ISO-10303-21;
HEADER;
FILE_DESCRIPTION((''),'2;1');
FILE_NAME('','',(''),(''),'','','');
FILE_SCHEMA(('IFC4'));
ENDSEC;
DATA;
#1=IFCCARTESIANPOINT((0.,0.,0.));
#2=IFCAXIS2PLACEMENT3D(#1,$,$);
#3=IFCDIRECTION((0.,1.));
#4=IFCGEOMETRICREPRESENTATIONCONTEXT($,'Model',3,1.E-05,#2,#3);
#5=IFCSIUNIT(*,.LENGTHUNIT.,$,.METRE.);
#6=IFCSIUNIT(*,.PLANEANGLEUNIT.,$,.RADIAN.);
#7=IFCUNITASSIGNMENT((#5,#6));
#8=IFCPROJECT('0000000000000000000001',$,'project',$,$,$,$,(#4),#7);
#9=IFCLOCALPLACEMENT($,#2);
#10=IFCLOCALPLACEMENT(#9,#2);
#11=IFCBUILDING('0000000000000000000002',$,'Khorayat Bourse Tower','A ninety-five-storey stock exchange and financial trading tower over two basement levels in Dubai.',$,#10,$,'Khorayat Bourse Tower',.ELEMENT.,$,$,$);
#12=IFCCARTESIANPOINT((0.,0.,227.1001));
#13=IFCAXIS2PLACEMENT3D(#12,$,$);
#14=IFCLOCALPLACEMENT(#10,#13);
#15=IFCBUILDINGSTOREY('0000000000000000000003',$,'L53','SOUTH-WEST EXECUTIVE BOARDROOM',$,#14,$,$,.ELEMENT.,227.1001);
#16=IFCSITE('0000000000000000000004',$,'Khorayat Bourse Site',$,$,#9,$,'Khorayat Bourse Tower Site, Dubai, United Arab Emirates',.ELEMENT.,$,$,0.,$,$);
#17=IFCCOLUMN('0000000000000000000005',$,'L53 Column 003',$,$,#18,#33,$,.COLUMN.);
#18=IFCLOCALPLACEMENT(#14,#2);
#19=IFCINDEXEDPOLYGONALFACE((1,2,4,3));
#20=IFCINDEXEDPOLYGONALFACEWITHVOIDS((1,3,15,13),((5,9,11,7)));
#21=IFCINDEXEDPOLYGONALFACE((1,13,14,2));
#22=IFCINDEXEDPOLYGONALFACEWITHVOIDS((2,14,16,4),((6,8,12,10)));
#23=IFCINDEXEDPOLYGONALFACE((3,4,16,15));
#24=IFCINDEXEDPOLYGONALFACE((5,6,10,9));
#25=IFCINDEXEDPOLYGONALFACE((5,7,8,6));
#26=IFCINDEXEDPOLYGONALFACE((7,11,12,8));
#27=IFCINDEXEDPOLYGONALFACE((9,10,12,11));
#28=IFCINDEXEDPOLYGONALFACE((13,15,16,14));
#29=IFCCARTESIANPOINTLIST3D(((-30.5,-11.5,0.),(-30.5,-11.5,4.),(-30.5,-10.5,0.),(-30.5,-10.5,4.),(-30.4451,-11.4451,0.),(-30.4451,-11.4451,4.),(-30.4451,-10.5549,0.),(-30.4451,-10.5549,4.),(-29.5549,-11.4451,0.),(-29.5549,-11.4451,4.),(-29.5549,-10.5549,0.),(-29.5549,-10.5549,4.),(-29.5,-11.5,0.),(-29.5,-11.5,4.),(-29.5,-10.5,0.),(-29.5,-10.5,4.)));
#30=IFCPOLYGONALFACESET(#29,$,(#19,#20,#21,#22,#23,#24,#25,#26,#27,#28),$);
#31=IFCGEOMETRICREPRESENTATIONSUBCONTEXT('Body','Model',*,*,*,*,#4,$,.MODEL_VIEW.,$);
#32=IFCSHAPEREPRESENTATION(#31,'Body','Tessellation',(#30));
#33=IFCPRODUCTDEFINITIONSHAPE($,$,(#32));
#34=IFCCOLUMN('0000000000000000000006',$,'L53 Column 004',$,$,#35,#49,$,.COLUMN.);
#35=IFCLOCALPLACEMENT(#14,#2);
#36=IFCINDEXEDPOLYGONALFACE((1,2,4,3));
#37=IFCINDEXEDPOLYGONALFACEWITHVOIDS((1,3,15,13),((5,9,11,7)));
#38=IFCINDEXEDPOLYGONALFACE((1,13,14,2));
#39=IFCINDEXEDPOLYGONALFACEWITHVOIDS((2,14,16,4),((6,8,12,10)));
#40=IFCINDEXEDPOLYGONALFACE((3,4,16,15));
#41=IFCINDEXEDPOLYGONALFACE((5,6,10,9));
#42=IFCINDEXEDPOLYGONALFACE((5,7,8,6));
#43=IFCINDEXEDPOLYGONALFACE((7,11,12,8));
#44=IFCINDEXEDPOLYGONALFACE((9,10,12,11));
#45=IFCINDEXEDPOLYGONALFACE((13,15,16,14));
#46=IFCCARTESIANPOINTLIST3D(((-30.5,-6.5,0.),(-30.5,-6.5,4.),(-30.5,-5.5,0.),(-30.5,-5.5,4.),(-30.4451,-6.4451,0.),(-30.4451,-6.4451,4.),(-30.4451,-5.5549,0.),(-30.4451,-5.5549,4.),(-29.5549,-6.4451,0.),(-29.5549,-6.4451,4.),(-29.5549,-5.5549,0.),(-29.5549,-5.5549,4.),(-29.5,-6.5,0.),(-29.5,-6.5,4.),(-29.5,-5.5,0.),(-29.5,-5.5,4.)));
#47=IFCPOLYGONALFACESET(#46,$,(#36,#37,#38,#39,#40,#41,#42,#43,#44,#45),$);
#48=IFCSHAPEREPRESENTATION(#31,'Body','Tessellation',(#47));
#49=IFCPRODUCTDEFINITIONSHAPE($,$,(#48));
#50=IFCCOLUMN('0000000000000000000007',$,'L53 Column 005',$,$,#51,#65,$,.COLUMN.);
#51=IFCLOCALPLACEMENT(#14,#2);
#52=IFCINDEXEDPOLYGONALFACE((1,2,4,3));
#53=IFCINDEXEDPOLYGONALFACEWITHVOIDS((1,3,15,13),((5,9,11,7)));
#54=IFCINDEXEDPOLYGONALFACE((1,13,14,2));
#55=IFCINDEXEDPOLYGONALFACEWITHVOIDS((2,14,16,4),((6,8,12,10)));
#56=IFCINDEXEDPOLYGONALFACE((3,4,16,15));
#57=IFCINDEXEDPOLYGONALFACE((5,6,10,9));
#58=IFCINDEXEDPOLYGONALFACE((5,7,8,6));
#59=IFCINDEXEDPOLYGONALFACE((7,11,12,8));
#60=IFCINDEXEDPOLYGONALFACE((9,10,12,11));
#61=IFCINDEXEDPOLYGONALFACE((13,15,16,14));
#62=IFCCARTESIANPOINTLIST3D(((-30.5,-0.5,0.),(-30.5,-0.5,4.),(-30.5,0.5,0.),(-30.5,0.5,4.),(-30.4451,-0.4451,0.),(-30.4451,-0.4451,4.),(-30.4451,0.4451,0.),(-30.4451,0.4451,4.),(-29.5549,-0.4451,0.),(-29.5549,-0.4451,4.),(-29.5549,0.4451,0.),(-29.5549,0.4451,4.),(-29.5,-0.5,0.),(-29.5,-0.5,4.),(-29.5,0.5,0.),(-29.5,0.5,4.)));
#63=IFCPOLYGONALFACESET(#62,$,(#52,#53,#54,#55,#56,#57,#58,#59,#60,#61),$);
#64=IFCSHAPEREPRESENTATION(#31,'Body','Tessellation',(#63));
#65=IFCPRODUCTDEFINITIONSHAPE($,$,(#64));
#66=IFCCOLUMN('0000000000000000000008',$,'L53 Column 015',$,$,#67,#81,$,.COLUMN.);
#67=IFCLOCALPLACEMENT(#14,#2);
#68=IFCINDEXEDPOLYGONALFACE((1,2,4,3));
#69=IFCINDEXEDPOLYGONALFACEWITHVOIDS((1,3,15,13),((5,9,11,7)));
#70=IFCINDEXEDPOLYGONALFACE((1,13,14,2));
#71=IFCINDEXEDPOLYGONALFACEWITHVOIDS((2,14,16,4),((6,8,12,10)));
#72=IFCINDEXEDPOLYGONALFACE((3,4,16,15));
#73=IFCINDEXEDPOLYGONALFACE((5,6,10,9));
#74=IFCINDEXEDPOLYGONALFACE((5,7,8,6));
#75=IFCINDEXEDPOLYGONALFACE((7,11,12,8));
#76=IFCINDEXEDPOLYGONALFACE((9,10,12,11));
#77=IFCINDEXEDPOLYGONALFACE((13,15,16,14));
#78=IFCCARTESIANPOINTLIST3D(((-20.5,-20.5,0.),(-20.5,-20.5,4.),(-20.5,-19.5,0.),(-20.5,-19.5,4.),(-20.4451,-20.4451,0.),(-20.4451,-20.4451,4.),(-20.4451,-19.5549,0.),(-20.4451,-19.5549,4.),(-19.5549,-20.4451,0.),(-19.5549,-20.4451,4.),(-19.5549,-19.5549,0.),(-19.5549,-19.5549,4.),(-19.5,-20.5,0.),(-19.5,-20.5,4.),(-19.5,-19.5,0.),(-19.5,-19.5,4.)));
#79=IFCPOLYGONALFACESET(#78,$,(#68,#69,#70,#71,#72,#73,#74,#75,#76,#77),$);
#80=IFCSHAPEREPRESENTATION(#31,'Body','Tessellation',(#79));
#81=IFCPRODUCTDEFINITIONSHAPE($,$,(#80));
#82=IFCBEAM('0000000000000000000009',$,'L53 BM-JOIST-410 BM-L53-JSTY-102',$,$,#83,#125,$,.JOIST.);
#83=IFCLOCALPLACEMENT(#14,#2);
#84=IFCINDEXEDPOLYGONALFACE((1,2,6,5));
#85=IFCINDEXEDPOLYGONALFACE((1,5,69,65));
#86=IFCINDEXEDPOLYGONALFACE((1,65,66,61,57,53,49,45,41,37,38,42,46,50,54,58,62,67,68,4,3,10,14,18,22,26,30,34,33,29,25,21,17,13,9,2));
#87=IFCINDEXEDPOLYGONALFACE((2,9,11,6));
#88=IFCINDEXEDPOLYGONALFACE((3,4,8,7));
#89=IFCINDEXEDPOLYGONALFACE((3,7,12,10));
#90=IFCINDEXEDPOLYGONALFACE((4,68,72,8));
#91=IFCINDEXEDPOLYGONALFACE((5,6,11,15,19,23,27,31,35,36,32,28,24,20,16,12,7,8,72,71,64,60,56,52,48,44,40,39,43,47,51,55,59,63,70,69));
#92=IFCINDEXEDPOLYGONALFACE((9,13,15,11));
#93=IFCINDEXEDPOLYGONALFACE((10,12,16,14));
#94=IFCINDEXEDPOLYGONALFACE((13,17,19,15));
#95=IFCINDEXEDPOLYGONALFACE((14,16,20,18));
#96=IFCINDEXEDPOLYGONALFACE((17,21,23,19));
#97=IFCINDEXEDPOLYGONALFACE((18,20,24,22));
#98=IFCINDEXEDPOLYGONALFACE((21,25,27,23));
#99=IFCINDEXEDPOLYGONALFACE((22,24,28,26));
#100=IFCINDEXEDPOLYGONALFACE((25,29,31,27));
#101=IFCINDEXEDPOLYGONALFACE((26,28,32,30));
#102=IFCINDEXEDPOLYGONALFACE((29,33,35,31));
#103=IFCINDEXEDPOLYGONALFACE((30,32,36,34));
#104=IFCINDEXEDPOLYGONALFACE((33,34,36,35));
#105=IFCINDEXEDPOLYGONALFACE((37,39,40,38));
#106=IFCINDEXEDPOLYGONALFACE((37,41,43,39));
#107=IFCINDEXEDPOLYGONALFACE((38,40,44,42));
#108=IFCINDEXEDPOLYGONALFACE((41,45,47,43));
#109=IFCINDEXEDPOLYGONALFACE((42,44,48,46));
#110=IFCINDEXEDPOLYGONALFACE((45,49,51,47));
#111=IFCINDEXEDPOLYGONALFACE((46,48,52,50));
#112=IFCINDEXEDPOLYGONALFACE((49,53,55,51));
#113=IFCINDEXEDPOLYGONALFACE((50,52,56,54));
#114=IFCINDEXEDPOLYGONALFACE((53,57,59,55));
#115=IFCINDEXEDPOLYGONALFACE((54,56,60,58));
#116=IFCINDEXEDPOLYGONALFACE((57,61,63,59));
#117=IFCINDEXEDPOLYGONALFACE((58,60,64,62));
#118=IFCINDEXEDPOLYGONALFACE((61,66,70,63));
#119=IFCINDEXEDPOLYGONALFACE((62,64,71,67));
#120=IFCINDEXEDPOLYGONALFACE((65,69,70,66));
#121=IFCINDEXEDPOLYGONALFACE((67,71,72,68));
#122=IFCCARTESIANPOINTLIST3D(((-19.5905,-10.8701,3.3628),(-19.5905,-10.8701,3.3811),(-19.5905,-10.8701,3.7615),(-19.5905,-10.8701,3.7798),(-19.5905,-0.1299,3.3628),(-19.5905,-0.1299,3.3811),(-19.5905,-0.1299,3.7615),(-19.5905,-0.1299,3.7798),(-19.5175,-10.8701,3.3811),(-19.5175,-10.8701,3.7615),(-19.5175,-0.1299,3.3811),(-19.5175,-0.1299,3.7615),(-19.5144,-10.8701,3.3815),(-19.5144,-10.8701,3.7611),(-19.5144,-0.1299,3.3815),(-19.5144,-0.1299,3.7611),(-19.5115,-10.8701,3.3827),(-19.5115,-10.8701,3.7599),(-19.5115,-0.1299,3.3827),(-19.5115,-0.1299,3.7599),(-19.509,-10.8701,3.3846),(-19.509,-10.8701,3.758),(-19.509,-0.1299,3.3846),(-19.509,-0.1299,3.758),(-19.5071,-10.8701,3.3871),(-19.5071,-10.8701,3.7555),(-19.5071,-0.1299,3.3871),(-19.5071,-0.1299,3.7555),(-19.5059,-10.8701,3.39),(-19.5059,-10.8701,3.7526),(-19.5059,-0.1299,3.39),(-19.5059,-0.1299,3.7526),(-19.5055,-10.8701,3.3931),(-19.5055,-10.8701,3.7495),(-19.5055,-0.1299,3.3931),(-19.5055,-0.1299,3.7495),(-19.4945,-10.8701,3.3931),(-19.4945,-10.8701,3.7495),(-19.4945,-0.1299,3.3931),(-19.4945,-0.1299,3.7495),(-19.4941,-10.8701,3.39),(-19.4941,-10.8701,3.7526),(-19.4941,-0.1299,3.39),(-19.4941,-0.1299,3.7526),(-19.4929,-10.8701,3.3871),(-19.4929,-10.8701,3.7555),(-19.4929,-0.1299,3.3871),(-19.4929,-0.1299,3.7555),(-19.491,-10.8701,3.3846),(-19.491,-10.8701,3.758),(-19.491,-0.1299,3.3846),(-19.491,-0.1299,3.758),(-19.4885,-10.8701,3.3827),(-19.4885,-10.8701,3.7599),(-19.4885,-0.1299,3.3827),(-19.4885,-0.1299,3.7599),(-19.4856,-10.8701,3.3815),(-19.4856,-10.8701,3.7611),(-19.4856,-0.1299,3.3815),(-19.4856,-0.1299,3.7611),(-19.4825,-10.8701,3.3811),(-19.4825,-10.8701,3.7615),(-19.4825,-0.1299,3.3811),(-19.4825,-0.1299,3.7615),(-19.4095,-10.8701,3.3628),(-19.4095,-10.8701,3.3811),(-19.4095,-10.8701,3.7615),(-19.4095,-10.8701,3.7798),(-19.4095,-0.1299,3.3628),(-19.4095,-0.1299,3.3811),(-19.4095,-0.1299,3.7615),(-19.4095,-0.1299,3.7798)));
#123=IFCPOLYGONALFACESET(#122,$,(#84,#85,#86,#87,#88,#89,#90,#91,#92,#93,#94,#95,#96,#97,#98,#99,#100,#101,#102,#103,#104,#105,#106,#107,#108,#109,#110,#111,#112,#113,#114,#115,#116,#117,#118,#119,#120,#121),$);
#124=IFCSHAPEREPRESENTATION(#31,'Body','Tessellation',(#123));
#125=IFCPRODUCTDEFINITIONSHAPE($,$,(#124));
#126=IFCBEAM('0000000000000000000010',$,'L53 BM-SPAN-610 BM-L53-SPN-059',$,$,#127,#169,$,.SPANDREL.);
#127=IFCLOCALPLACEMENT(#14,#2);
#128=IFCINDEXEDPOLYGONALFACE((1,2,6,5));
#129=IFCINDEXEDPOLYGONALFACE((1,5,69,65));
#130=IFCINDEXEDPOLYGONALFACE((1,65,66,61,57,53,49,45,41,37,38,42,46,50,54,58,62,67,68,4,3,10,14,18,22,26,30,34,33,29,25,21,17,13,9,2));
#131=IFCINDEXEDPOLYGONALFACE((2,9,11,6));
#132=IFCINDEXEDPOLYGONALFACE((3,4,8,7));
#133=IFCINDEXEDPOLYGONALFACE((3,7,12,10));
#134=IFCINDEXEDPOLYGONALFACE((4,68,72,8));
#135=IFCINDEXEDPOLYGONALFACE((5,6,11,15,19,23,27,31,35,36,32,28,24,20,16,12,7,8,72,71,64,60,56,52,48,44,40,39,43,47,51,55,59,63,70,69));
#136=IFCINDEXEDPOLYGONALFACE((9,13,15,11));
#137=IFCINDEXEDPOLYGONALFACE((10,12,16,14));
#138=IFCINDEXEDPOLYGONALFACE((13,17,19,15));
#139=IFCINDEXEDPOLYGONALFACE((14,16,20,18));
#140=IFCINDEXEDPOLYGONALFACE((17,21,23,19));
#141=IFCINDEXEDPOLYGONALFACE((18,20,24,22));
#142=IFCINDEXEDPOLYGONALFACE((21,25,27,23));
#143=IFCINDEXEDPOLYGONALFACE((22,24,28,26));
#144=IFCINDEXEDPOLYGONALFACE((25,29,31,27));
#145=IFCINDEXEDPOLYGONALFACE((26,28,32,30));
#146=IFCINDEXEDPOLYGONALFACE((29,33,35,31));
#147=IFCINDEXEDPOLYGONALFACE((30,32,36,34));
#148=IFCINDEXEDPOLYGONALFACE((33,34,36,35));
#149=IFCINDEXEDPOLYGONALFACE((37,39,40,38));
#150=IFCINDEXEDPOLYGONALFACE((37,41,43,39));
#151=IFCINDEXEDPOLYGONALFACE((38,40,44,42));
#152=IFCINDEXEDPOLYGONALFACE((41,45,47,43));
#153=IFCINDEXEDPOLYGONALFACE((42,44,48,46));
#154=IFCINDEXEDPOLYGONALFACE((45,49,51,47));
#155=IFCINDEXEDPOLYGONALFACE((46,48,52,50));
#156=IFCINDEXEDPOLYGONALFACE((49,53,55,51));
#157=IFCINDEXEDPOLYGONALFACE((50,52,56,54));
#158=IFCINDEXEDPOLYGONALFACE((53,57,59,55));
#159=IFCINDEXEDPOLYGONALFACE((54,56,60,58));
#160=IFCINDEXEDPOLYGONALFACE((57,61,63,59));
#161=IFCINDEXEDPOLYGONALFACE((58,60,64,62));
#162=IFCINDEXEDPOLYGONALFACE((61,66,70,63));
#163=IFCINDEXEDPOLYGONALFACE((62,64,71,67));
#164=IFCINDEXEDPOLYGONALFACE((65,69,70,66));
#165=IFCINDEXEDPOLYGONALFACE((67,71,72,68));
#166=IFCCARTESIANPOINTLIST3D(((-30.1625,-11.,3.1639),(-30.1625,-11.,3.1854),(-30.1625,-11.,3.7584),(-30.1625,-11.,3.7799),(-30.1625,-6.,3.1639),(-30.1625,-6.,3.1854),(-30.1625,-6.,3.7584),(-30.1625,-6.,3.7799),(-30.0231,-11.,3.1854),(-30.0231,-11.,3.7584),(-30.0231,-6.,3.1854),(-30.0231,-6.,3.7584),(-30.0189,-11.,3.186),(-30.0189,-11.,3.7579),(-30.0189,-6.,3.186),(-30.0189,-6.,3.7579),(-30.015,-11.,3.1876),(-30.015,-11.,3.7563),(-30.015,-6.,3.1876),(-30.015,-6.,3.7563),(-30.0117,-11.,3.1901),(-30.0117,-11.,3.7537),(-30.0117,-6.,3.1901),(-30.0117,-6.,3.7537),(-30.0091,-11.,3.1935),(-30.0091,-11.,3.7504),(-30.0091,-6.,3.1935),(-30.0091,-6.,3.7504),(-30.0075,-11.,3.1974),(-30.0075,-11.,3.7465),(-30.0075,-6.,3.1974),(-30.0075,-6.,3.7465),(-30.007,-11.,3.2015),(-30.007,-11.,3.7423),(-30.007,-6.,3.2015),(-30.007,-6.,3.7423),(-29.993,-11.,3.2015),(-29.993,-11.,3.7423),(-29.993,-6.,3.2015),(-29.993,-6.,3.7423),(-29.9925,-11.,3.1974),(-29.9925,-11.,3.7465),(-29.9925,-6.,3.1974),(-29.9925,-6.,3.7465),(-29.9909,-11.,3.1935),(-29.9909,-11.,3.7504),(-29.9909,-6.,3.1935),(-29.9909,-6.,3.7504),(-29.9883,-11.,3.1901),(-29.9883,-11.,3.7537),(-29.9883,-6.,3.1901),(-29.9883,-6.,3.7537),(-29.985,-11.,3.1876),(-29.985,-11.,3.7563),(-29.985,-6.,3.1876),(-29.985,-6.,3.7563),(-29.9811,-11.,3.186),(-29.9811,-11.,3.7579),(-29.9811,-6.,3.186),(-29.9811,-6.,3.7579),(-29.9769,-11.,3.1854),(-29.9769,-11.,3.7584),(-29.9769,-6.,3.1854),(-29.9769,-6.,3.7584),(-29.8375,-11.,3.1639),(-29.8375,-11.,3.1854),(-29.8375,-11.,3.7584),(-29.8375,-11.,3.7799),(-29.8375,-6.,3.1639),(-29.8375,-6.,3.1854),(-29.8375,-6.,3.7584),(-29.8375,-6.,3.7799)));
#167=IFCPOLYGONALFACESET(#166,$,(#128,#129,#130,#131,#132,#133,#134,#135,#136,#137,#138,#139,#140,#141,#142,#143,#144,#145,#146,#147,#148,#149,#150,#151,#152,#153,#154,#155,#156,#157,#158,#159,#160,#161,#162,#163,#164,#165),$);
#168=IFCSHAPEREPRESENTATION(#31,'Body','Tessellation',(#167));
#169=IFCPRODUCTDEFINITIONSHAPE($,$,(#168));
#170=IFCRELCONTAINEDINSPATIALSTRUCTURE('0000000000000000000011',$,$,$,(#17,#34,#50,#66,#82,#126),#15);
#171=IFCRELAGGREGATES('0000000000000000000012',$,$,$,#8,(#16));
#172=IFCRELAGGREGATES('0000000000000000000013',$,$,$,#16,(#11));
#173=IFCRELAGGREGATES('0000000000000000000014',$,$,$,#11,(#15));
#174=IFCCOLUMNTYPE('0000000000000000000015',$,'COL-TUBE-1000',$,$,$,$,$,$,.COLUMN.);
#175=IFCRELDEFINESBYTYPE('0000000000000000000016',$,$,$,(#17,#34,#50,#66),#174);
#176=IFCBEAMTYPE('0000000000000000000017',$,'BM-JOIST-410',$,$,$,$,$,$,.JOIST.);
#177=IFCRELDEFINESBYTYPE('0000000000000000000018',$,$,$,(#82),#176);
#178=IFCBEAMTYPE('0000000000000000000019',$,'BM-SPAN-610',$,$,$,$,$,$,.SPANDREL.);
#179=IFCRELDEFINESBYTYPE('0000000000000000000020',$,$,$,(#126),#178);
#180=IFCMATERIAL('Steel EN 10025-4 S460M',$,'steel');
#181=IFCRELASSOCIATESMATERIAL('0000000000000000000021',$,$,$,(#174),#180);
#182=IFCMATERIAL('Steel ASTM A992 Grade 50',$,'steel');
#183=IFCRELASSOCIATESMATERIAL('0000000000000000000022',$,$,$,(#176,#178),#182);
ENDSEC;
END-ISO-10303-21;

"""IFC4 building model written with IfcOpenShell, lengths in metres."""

from ifc_helpers import new_model, si_unit, direction, frame, origin, origin_2d, place, context, subcontext, project, spatial, hollow_rectangle, i_section, extrude, source, transform, mapped, material, material_profile, profile_set, type_object, element, save


model = new_model("IFC4")

# Units and contexts
model_context = context("Model", 3, precision=1e-05, world=origin(), true_north=direction((0.0, 1.0)))
body_context = subcontext(model_context, "Body", "Model", "MODEL_VIEW")
ifc_project = project(units=[si_unit("LENGTHUNIT", "METRE"), si_unit("PLANEANGLEUNIT", "RADIAN")], contexts=[model_context])

# Site, building, storey
site_placement = place(None, origin())
site = spatial("IfcSite", under=ifc_project, at=site_placement, Name="Khorayat Bourse Site", LongName="Khorayat Bourse Tower Site, Dubai, United Arab Emirates", CompositionType="ELEMENT", RefElevation=0.0)
building_placement = place(site_placement, origin())
building = spatial("IfcBuilding", under=site, at=building_placement, Name="Khorayat Bourse Tower", Description="A ninety-five-storey stock exchange and financial trading tower over two basement levels in Dubai.", LongName="Khorayat Bourse Tower", CompositionType="ELEMENT")
storey_placement = place(building_placement, frame((0.0, 0.0, 227.1001)))
storey = spatial("IfcBuildingStorey", under=building, at=storey_placement, Name="L53", Description="SOUTH-WEST EXECUTIVE BOARDROOM", CompositionType="ELEMENT", Elevation=227.1001)

# Columns
ifc_material_1 = material(Name="Steel EN 10025-4 S460M", Category="steel")
ifc_material_profile_1 = material_profile(ifc_material_1, hollow_rectangle(XDim=1.0, YDim=1.0, WallThickness=0.0549, at=origin_2d()), Name="BOX 1000x1000x55")
ifc_profile_set_1 = profile_set([ifc_material_profile_1], Name="Steel EN 10025-4 S460M")
column_type = type_object("IfcColumnType", Name="COL-TUBE-1000", PredefinedType="COLUMN", material=ifc_profile_set_1)
shared_shape_1 = source(origin(), body_context, "Body", "SweptSolid", [
    extrude(hollow_rectangle(XDim=1.0, YDim=1.0, WallThickness=0.0549, at=origin_2d()), origin(), (0.0, 0.0, 1.0), 4.0),
])
for number, where, z_axis, x_axis, name in (
    (1, (-30.0, -11.0, 0.0), (0.0, 0.0, 1.0), (1.0, 0.0, 0.0), "L53 Column 003"),
    (2, (-30.0, -6.0, 0.0), (0.0, 0.0, 1.0), (1.0, 0.0, 0.0), "L53 Column 004"),
    (3, (-30.0, 0.0, 0.0), (0.0, 0.0, 1.0), (1.0, 0.0, 0.0), "L53 Column 005"),
    (4, (-20.0, -20.0, 0.0), (0.0, 0.0, 1.0), (1.0, 0.0, 0.0), "L53 Column 015"),
):
    element("IfcColumn", number, at=place(storey_placement, frame(where, z_axis=z_axis, x_axis=x_axis)), inside=storey, type_object=column_type, Name=name, PredefinedType="COLUMN", context=body_context, shape_type="MappedRepresentation", body=[
        mapped(shared_shape_1, transform((0.0, 0.0, 0.0), scale=1.0)),
    ])

# Beams
ifc_material_2 = material(Name="Steel ASTM A992 Grade 50", Category="steel")
ifc_material_profile_2 = material_profile(ifc_material_2, i_section(OverallWidth=0.1809, OverallDepth=0.417, WebThickness=0.011, FlangeThickness=0.0183, FilletRadius=0.012, at=origin_2d()), Name="W410X85")
ifc_profile_set_2 = profile_set([ifc_material_profile_2], Name="Steel ASTM A992 Grade 50")
beam_type_1 = type_object("IfcBeamType", Name="BM-JOIST-410", PredefinedType="JOIST", material=ifc_profile_set_2)
shared_shape_2 = source(origin(), body_context, "Body", "SweptSolid", [
    extrude(i_section(OverallWidth=0.1809, OverallDepth=0.417, WebThickness=0.011, FlangeThickness=0.0183, FilletRadius=0.012, at=origin_2d()), origin(), (0.0, 0.0, 1.0), 10.7402),
])
beam_1_placement = place(storey_placement, frame((-19.5, -10.8701, 3.5713), z_axis=(0.0, 1.0, 0.0), x_axis=(-1.0, 0.0, 0.0)))
element("IfcBeam", 5, at=beam_1_placement, inside=storey, type_object=beam_type_1, Name="L53 BM-JOIST-410 BM-L53-JSTY-102", PredefinedType="JOIST", context=body_context, shape_type="MappedRepresentation", body=[
    mapped(shared_shape_2, transform((0.0, 0.0, 0.0), scale=1.0)),
])
ifc_material_profile_3 = material_profile(ifc_material_2, i_section(OverallWidth=0.325, OverallDepth=0.616, WebThickness=0.0139, FlangeThickness=0.0215, FilletRadius=0.0161, at=origin_2d()), Name="W610X174")
ifc_profile_set_3 = profile_set([ifc_material_profile_3], Name="Steel ASTM A992 Grade 50")
beam_type_2 = type_object("IfcBeamType", Name="BM-SPAN-610", PredefinedType="SPANDREL", material=ifc_profile_set_3)
shared_shape_3 = source(origin(), body_context, "Body", "SweptSolid", [
    extrude(i_section(OverallWidth=0.325, OverallDepth=0.616, WebThickness=0.0139, FlangeThickness=0.0215, FilletRadius=0.0161, at=origin_2d()), origin(), (0.0, 0.0, 1.0), 5.0),
])
beam_2_placement = place(storey_placement, frame((-30.0, -11.0, 3.4719), z_axis=(0.0, 1.0, 0.0), x_axis=(-1.0, 0.0, 0.0)))
element("IfcBeam", 6, at=beam_2_placement, inside=storey, type_object=beam_type_2, Name="L53 BM-SPAN-610 BM-L53-SPN-059", PredefinedType="SPANDREL", context=body_context, shape_type="MappedRepresentation", body=[
    mapped(shared_shape_3, transform((0.0, 0.0, 0.0), scale=1.0)),
])

save(model, "model.ifc")
